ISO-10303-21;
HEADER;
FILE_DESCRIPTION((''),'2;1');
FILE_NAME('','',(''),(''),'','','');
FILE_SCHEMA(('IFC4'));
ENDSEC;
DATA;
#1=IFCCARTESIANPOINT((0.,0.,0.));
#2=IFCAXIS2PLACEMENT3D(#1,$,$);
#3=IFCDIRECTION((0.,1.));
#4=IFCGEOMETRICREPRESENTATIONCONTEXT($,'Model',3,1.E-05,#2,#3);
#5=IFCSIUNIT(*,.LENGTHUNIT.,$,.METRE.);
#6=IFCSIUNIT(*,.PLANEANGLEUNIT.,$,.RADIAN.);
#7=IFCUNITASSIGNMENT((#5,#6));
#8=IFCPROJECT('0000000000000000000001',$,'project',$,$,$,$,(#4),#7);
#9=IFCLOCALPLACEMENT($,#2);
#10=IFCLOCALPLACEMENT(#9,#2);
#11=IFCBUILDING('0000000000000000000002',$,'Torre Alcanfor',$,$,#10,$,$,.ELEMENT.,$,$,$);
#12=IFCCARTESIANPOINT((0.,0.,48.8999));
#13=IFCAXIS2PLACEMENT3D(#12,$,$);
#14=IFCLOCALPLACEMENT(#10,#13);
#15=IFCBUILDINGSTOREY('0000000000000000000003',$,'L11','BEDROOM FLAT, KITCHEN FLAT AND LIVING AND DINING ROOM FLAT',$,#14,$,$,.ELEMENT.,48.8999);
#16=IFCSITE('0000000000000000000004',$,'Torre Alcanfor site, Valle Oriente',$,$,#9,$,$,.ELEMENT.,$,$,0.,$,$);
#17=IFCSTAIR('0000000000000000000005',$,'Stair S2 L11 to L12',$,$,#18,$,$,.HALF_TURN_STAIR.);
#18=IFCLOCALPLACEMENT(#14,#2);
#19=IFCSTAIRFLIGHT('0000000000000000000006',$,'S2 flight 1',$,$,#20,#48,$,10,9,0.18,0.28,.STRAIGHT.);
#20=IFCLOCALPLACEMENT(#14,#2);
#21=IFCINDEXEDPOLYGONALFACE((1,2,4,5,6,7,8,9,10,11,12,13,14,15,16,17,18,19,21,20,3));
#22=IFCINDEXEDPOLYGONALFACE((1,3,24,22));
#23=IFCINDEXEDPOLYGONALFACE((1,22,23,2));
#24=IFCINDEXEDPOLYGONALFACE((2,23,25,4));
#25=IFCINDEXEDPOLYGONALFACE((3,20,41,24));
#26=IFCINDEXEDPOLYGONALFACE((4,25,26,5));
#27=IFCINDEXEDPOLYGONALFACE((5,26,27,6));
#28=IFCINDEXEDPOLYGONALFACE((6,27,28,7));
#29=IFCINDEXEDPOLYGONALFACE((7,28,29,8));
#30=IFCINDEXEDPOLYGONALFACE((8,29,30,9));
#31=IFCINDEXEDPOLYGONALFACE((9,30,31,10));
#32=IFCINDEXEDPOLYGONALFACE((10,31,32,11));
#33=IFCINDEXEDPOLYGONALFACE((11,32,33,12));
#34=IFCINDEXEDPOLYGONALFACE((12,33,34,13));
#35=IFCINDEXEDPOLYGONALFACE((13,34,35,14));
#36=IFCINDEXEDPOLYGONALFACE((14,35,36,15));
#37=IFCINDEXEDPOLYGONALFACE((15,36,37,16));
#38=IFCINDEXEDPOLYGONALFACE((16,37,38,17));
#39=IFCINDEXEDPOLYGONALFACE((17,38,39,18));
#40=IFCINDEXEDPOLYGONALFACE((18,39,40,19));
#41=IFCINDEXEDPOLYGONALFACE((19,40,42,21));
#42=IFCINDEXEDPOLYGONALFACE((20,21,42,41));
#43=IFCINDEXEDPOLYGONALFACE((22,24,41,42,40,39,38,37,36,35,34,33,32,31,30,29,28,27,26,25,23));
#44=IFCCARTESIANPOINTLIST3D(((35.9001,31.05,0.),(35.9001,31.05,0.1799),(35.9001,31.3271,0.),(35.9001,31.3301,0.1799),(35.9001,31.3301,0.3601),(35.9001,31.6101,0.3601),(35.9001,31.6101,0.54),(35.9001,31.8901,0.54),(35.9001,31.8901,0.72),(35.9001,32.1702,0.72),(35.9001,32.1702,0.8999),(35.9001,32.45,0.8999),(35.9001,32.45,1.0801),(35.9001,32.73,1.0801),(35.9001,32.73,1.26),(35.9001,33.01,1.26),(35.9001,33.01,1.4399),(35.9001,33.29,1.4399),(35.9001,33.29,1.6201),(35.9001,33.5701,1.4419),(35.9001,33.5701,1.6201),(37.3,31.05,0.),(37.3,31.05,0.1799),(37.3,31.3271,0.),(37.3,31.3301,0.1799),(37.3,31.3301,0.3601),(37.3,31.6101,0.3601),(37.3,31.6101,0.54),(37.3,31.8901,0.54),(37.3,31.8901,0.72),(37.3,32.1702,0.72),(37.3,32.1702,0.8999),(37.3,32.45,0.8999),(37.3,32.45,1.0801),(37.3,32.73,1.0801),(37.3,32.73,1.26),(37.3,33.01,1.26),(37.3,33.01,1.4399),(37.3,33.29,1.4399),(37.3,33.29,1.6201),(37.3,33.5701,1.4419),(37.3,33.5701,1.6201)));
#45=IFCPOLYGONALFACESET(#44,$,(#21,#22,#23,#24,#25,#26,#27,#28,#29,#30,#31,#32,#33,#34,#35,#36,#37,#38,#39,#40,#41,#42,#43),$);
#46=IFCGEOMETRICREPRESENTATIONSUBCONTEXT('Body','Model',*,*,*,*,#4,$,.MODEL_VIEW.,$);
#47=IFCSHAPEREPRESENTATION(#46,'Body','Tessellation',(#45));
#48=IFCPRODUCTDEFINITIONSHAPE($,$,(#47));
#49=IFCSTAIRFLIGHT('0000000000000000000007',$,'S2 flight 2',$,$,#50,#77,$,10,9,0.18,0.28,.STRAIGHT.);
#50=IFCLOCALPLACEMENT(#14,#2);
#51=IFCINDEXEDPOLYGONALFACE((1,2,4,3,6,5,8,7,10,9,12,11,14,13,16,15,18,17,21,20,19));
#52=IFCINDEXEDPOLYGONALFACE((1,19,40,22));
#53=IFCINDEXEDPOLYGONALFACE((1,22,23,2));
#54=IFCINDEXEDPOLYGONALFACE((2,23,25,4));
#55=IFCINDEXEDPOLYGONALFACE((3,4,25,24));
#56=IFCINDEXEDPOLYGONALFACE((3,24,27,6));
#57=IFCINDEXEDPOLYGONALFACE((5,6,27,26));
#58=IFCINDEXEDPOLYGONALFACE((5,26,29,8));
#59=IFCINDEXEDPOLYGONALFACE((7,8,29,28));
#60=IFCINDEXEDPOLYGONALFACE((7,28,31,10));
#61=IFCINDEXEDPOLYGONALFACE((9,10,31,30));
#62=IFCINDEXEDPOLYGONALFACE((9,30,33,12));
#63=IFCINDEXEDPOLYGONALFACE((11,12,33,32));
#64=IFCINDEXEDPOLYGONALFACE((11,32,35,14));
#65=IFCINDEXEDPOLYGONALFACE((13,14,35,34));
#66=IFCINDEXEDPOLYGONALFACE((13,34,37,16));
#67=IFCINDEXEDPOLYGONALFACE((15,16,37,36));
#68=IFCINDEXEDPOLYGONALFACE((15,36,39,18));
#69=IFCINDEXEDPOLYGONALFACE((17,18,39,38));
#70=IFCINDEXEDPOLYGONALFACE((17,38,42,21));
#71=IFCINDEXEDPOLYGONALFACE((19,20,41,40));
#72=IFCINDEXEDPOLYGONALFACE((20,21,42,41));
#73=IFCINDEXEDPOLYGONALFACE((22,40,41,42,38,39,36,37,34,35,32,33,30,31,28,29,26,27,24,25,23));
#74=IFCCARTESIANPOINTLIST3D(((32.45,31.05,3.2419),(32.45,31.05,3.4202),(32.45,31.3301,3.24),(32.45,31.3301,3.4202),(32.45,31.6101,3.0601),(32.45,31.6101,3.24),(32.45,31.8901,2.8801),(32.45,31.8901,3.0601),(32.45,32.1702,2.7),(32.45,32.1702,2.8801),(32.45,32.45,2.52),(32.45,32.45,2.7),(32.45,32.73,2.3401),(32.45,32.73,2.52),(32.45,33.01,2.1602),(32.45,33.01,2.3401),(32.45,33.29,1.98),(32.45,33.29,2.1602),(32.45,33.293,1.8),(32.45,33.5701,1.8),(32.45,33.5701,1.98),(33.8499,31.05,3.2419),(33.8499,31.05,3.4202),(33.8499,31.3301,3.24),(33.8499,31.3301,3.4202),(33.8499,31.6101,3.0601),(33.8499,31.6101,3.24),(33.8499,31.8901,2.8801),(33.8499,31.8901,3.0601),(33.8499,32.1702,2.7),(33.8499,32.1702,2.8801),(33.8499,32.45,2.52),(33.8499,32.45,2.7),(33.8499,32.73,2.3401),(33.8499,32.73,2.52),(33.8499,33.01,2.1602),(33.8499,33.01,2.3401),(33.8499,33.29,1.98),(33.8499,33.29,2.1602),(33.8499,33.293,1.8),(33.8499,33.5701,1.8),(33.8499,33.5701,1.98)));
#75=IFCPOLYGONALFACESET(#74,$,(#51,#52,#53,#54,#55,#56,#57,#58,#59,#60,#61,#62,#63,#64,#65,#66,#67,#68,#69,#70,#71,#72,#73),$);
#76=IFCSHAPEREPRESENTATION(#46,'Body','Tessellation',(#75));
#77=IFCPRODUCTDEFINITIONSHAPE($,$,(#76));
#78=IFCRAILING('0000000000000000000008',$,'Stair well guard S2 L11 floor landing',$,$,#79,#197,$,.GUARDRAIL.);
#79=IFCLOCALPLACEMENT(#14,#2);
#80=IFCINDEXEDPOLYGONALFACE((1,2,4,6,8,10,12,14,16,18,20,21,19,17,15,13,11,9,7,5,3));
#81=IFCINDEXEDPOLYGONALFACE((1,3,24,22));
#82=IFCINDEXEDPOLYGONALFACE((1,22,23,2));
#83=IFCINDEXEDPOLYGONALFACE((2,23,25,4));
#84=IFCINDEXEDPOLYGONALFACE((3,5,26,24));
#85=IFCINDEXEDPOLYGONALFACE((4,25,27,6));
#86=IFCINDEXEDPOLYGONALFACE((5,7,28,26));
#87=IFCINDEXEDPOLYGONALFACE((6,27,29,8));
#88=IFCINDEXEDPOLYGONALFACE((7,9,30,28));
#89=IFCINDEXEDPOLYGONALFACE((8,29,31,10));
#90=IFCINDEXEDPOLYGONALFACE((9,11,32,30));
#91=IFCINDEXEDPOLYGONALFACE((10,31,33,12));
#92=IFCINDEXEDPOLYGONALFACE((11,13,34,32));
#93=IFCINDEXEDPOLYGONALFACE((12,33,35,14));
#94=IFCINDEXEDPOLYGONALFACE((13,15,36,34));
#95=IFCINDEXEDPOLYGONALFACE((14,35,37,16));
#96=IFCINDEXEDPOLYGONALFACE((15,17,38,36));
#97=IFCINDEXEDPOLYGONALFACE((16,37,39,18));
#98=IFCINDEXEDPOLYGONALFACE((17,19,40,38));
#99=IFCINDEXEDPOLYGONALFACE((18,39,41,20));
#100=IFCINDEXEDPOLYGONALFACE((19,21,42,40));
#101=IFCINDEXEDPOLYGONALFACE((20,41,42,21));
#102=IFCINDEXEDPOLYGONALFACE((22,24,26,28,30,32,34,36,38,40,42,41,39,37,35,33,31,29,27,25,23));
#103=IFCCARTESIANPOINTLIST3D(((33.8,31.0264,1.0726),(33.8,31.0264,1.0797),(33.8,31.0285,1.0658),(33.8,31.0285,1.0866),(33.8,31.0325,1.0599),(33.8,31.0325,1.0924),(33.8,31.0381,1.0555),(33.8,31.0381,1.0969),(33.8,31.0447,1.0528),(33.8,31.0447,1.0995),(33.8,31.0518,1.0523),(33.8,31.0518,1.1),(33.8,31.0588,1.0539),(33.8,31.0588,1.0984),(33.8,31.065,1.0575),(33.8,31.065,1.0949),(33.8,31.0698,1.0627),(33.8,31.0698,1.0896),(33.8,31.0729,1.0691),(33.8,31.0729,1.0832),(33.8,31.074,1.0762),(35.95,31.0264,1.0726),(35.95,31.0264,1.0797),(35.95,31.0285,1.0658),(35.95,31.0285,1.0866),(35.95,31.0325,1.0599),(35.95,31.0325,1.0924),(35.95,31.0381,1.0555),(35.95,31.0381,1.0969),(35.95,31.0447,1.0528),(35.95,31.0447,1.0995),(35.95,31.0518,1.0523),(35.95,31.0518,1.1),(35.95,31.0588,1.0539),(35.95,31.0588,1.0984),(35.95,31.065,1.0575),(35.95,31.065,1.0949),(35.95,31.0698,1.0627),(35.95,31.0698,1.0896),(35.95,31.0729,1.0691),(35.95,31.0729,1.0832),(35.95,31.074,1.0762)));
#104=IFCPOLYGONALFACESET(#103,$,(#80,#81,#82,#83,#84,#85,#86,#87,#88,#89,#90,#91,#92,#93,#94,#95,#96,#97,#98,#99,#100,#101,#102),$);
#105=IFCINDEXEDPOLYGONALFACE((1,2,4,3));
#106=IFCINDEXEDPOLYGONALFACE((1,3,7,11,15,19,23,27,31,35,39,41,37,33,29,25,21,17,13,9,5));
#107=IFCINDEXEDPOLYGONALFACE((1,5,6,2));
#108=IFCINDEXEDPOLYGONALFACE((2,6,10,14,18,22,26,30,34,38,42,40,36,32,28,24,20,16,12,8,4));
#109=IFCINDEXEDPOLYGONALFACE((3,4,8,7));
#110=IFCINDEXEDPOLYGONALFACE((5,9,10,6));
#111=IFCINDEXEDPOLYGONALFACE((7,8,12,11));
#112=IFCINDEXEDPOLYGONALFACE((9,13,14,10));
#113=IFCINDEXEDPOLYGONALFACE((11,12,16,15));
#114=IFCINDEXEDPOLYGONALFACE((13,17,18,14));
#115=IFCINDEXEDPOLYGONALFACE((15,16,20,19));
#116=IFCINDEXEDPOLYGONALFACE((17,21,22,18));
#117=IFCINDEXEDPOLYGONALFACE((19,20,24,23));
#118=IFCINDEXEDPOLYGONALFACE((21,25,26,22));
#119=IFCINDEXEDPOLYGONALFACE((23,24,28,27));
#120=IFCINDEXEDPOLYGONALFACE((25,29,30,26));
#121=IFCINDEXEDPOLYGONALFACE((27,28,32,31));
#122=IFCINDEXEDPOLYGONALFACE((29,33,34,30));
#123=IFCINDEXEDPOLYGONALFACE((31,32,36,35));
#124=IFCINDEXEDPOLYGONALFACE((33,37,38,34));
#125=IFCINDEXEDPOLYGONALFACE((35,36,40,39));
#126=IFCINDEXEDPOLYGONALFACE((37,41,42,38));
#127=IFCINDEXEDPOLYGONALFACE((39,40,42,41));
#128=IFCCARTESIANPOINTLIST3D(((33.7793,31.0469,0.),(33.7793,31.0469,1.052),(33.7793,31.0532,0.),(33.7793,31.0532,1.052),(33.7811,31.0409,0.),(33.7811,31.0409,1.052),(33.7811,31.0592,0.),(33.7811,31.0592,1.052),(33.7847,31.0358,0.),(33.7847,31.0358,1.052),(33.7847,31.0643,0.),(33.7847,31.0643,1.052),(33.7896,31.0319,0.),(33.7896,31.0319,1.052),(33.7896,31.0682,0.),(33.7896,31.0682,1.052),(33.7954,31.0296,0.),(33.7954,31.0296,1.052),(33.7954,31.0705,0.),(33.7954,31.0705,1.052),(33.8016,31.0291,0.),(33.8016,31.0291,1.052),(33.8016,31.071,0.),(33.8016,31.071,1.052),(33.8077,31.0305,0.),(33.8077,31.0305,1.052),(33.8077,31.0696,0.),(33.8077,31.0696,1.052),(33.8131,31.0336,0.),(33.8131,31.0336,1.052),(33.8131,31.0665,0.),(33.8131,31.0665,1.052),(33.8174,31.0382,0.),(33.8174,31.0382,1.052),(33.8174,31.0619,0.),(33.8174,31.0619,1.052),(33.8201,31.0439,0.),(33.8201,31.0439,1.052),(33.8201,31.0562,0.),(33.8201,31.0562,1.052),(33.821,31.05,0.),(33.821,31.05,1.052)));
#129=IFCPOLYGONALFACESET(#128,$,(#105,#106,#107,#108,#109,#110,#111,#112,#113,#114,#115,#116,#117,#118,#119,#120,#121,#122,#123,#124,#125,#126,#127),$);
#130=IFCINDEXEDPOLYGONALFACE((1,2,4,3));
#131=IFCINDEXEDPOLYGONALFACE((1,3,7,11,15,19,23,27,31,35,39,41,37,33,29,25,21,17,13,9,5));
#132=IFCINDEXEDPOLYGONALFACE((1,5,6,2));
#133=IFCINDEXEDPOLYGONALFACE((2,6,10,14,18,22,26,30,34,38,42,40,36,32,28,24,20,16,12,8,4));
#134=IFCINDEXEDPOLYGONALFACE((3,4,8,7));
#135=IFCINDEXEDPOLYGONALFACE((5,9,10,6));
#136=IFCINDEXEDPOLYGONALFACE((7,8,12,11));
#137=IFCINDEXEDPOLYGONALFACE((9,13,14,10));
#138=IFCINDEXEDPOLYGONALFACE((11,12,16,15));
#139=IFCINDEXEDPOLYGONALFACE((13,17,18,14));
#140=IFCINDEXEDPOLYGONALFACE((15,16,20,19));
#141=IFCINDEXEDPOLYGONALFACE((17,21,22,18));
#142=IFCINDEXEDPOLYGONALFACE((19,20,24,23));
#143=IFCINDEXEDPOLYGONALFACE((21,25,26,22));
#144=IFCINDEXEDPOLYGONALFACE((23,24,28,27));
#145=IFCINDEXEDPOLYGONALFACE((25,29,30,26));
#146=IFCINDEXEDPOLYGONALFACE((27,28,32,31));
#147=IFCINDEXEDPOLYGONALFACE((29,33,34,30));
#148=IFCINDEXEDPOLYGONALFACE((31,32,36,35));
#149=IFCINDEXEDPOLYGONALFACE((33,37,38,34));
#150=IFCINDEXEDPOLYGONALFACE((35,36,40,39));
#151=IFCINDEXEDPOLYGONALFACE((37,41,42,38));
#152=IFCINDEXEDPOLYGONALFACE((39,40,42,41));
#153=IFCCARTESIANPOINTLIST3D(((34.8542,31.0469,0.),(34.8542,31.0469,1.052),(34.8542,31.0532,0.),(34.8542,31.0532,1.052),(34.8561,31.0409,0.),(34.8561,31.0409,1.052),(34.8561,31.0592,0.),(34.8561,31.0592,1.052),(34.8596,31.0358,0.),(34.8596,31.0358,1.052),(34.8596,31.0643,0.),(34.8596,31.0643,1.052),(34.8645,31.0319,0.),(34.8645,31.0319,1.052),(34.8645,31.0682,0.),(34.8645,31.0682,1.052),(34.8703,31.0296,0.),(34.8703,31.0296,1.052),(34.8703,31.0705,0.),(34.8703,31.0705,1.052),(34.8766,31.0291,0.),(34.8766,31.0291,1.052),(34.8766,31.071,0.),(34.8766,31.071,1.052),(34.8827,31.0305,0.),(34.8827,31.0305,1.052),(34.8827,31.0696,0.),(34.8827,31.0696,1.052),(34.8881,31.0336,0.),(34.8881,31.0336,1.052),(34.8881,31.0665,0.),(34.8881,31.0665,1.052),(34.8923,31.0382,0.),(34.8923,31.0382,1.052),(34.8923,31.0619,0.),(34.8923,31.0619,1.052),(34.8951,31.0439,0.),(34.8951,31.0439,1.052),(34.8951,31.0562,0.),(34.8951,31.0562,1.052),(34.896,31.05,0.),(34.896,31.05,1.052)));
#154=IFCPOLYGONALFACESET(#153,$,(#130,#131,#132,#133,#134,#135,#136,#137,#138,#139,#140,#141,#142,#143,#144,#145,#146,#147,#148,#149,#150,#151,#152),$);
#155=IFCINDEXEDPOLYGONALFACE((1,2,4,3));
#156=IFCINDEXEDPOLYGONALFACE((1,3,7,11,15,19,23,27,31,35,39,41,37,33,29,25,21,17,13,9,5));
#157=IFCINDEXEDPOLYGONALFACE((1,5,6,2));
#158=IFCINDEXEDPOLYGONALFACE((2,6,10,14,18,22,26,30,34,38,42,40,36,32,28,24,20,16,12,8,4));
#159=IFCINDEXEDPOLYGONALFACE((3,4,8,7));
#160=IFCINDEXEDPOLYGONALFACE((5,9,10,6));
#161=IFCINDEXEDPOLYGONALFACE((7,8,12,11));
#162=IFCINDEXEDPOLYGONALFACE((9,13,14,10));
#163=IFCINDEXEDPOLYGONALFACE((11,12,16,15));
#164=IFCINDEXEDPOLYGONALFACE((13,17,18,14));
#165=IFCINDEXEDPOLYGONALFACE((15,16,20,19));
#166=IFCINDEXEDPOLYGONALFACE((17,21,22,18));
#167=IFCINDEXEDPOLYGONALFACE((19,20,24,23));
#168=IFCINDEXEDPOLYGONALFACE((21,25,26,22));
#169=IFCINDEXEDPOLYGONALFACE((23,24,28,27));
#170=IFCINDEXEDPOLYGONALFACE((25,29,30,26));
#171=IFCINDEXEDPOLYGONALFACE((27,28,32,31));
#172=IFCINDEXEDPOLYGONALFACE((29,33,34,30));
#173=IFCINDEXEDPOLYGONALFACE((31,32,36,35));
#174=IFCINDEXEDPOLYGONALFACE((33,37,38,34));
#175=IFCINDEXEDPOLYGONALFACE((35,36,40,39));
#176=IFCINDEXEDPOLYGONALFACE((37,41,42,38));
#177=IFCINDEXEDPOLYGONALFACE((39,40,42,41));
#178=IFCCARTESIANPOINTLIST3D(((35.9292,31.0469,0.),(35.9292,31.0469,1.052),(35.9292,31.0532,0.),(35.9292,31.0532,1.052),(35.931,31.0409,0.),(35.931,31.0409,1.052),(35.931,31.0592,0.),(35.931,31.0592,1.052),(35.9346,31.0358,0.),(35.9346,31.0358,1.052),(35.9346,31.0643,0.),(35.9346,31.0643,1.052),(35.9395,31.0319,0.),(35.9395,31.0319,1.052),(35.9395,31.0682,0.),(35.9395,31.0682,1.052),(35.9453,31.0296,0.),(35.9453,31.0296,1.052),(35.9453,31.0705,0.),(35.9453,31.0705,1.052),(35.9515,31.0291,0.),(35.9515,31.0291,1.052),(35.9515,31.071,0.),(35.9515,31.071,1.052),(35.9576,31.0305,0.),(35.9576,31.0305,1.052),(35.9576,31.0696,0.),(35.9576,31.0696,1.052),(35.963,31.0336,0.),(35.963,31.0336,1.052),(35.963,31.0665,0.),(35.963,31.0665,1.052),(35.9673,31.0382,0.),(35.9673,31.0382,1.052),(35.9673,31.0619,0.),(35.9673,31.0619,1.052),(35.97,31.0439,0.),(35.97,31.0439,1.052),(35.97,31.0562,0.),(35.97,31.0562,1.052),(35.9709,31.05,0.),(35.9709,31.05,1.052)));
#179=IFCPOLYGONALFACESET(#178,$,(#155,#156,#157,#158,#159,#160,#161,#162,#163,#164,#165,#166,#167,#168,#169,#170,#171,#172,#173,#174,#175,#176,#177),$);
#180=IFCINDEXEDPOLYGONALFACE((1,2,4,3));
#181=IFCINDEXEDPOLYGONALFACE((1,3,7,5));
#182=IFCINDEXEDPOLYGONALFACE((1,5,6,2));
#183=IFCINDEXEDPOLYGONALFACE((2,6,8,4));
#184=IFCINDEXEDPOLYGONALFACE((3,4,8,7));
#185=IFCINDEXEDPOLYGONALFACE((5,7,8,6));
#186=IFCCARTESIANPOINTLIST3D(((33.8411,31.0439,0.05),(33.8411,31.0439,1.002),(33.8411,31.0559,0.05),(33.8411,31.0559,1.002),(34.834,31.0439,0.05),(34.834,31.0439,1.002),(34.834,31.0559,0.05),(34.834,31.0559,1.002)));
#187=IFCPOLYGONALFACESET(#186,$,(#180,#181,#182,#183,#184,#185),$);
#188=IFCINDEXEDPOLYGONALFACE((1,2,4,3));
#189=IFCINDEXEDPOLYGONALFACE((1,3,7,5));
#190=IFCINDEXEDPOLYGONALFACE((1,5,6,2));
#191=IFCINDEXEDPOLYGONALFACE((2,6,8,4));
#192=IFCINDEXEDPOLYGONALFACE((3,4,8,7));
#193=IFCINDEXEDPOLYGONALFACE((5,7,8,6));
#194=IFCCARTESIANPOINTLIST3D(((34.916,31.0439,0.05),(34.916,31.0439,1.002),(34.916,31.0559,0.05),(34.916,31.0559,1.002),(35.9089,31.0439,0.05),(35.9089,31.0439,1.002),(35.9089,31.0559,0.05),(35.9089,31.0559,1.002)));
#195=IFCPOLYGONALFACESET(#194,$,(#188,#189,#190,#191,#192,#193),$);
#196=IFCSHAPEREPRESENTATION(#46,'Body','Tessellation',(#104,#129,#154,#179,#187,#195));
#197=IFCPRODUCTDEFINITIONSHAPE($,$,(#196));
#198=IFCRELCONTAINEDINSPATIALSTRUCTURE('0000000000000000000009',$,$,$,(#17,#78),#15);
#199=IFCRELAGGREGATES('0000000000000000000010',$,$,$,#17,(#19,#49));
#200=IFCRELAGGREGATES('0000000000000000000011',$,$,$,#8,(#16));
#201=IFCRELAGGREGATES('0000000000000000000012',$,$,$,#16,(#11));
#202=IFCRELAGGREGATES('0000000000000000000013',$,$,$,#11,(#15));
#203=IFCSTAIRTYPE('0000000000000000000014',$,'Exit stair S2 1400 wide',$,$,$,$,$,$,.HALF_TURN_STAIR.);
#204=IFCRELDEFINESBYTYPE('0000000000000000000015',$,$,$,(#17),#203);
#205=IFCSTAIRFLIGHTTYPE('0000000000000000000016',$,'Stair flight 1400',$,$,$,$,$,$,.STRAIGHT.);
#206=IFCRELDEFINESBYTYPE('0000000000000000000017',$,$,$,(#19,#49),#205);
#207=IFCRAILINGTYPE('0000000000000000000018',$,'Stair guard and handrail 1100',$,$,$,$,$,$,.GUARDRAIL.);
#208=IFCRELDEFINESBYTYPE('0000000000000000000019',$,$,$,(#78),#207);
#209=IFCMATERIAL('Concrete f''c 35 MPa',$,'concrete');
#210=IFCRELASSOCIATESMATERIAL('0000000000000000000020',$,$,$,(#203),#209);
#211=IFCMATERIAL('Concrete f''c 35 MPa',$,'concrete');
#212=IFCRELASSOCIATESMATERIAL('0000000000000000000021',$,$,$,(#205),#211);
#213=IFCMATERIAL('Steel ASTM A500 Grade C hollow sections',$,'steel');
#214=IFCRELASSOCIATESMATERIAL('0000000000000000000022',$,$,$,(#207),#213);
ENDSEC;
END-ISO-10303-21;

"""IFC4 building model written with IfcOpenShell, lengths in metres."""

from ifc_helpers import new_model, si_unit, direction, frame, origin, origin_2d, place, context, subcontext, project, spatial, polyline, circle, outline, extrude, material, type_object, element, aggregate, save


model = new_model("IFC4")

# Units and contexts
model_context = context("Model", 3, precision=1e-05, world=origin(), true_north=direction((0.0, 1.0)))
body_context = subcontext(model_context, "Body", "Model", "MODEL_VIEW")
ifc_project = project(units=[si_unit("LENGTHUNIT", "METRE"), si_unit("PLANEANGLEUNIT", "RADIAN")], contexts=[model_context])

# Site, building, storey
site_placement = place(None, origin())
site = spatial("IfcSite", under=ifc_project, at=site_placement, Name="Torre Alcanfor site, Valle Oriente", CompositionType="ELEMENT", RefElevation=0.0)
building_placement = place(site_placement, origin())
building = spatial("IfcBuilding", under=site, at=building_placement, Name="Torre Alcanfor", CompositionType="ELEMENT")
storey_placement = place(building_placement, frame((0.0, 0.0, 48.8999)))
storey = spatial("IfcBuildingStorey", under=building, at=storey_placement, Name="L11", Description="BEDROOM FLAT, KITCHEN FLAT AND LIVING AND DINING ROOM FLAT", CompositionType="ELEMENT", Elevation=48.8999)

# Stair, stair flights
ifc_material_1 = material(Name="Concrete f'c 35 MPa", Category="concrete")
stair_type = type_object("IfcStairType", Name="Exit stair S2 1400 wide", PredefinedType="HALF_TURN_STAIR", material=ifc_material_1)
stair_placement = place(storey_placement, origin())
stair = element("IfcStair", 1, at=stair_placement, inside=storey, type_object=stair_type, Name="Stair S2 L11 to L12", PredefinedType="HALF_TURN_STAIR")
ifc_material_2 = material(Name="Concrete f'c 35 MPa", Category="concrete")
stair_flight_type = type_object("IfcStairFlightType", Name="Stair flight 1400", PredefinedType="STRAIGHT", material=ifc_material_2)
stair_flight_1_placement = place(storey_placement, frame((36.6001, 31.05, 0.0), z_axis=(0.0, 0.0, 1.0), x_axis=(0.0, 1.0, 0.0)))
stair_flight_1 = element("IfcStairFlight", 2, at=stair_flight_1_placement, type_object=stair_flight_type, Name="S2 flight 1", NumberOfRisers=10, NumberOfTreads=9, PredefinedType="STRAIGHT", RiserHeight=0.18, TreadLength=0.28, context=body_context, shape_type="SweptSolid", body=[
    extrude(outline(polyline([(0.0, 0.0), (0.0, 0.1799), (0.28, 0.1799), (0.28, 0.3601), (0.5601, 0.3601), (0.5601, 0.54), (0.8401, 0.54), (0.8401, 0.72), (1.1201, 0.72), (1.1201, 0.8999), (1.3999, 0.8999), (1.3999, 1.0801), (1.6799, 1.0801), (1.6799, 1.26), (1.96, 1.26), (1.96, 1.4399), (2.24, 1.4399), (2.24, 1.6201), (2.52, 1.6201), (2.52, 1.8), (2.52, 1.4419), (0.2771, 0.0), (0.0, 0.0)])), frame((0.0, 0.7, 0.0), z_axis=(0.0, -1.0, 0.0), x_axis=(1.0, 0.0, 0.0)), (0.0, 0.0, 1.0), 1.3999),
])
stair_flight_2_placement = place(storey_placement, frame((33.1499, 33.5701, 1.8), z_axis=(0.0, 0.0, 1.0), x_axis=(0.0, -1.0, 0.0)))
stair_flight_2 = element("IfcStairFlight", 3, at=stair_flight_2_placement, type_object=stair_flight_type, Name="S2 flight 2", NumberOfRisers=10, NumberOfTreads=9, PredefinedType="STRAIGHT", RiserHeight=0.18, TreadLength=0.28, context=body_context, shape_type="SweptSolid", body=[
    extrude(outline(polyline([(0.0, 0.0), (0.0, 0.1799), (0.28, 0.1799), (0.28, 0.3601), (0.5601, 0.3601), (0.5601, 0.54), (0.8401, 0.54), (0.8401, 0.72), (1.1201, 0.72), (1.1201, 0.8999), (1.3999, 0.8999), (1.3999, 1.0801), (1.6799, 1.0801), (1.6799, 1.26), (1.96, 1.26), (1.96, 1.4399), (2.24, 1.4399), (2.24, 1.6201), (2.52, 1.6201), (2.52, 1.8), (2.52, 1.4419), (0.2771, 0.0), (0.0, 0.0)])), frame((0.0, 0.7, 0.0), z_axis=(0.0, -1.0, 0.0), x_axis=(1.0, 0.0, 0.0)), (0.0, 0.0, 1.0), 1.3999),
])
aggregate(stair, [stair_flight_1, stair_flight_2])

# Railing
ifc_material_3 = material(Name="Steel ASTM A500 Grade C hollow sections", Category="steel")
railing_type_1 = type_object("IfcRailingType", Name="Stair guard and handrail 1100", PredefinedType="GUARDRAIL", material=ifc_material_3)
for number, where, name in (
    (4, (33.8, 31.05, 0.0), "Stair well guard S2 L11 floor landing"),
):
    element("IfcRailing", number, at=place(storey_placement, frame(where)), inside=storey, type_object=railing_type_1, Name=name, PredefinedType="GUARDRAIL", context=body_context, shape_type="SweptSolid", body=[
        extrude(circle(Radius=0.0239, at=origin_2d()), frame((0.0, 0.0, 1.0762), z_axis=(1.0, 0.0, 0.0), x_axis=(0.0, 1.0, 0.0)), (0.0, 0.0, 1.0), 2.1499),
        extrude(circle(Radius=0.021, at=origin_2d()), origin(), (0.0, 0.0, 1.0), 1.052),
        extrude(circle(Radius=0.021, at=origin_2d()), frame((1.075, 0.0, 0.0)), (0.0, 0.0, 1.0), 1.052),
        extrude(circle(Radius=0.021, at=origin_2d()), frame((2.1499, 0.0, 0.0)), (0.0, 0.0, 1.0), 1.052),
        extrude(outline(polyline([(0.041, 0.05), (1.0339, 0.05), (1.0339, 1.002), (0.041, 1.002), (0.041, 0.05)])), frame((0.0, 0.0059, 0.0), z_axis=(0.0, -1.0, 0.0), x_axis=(1.0, 0.0, 0.0)), (0.0, 0.0, 1.0), 0.012),
        extrude(outline(polyline([(1.116, 0.05), (2.1089, 0.05), (2.1089, 1.002), (1.116, 1.002), (1.116, 0.05)])), frame((0.0, 0.0059, 0.0), z_axis=(0.0, -1.0, 0.0), x_axis=(1.0, 0.0, 0.0)), (0.0, 0.0, 1.0), 0.012),
    ])

save(model, "model.ifc")
